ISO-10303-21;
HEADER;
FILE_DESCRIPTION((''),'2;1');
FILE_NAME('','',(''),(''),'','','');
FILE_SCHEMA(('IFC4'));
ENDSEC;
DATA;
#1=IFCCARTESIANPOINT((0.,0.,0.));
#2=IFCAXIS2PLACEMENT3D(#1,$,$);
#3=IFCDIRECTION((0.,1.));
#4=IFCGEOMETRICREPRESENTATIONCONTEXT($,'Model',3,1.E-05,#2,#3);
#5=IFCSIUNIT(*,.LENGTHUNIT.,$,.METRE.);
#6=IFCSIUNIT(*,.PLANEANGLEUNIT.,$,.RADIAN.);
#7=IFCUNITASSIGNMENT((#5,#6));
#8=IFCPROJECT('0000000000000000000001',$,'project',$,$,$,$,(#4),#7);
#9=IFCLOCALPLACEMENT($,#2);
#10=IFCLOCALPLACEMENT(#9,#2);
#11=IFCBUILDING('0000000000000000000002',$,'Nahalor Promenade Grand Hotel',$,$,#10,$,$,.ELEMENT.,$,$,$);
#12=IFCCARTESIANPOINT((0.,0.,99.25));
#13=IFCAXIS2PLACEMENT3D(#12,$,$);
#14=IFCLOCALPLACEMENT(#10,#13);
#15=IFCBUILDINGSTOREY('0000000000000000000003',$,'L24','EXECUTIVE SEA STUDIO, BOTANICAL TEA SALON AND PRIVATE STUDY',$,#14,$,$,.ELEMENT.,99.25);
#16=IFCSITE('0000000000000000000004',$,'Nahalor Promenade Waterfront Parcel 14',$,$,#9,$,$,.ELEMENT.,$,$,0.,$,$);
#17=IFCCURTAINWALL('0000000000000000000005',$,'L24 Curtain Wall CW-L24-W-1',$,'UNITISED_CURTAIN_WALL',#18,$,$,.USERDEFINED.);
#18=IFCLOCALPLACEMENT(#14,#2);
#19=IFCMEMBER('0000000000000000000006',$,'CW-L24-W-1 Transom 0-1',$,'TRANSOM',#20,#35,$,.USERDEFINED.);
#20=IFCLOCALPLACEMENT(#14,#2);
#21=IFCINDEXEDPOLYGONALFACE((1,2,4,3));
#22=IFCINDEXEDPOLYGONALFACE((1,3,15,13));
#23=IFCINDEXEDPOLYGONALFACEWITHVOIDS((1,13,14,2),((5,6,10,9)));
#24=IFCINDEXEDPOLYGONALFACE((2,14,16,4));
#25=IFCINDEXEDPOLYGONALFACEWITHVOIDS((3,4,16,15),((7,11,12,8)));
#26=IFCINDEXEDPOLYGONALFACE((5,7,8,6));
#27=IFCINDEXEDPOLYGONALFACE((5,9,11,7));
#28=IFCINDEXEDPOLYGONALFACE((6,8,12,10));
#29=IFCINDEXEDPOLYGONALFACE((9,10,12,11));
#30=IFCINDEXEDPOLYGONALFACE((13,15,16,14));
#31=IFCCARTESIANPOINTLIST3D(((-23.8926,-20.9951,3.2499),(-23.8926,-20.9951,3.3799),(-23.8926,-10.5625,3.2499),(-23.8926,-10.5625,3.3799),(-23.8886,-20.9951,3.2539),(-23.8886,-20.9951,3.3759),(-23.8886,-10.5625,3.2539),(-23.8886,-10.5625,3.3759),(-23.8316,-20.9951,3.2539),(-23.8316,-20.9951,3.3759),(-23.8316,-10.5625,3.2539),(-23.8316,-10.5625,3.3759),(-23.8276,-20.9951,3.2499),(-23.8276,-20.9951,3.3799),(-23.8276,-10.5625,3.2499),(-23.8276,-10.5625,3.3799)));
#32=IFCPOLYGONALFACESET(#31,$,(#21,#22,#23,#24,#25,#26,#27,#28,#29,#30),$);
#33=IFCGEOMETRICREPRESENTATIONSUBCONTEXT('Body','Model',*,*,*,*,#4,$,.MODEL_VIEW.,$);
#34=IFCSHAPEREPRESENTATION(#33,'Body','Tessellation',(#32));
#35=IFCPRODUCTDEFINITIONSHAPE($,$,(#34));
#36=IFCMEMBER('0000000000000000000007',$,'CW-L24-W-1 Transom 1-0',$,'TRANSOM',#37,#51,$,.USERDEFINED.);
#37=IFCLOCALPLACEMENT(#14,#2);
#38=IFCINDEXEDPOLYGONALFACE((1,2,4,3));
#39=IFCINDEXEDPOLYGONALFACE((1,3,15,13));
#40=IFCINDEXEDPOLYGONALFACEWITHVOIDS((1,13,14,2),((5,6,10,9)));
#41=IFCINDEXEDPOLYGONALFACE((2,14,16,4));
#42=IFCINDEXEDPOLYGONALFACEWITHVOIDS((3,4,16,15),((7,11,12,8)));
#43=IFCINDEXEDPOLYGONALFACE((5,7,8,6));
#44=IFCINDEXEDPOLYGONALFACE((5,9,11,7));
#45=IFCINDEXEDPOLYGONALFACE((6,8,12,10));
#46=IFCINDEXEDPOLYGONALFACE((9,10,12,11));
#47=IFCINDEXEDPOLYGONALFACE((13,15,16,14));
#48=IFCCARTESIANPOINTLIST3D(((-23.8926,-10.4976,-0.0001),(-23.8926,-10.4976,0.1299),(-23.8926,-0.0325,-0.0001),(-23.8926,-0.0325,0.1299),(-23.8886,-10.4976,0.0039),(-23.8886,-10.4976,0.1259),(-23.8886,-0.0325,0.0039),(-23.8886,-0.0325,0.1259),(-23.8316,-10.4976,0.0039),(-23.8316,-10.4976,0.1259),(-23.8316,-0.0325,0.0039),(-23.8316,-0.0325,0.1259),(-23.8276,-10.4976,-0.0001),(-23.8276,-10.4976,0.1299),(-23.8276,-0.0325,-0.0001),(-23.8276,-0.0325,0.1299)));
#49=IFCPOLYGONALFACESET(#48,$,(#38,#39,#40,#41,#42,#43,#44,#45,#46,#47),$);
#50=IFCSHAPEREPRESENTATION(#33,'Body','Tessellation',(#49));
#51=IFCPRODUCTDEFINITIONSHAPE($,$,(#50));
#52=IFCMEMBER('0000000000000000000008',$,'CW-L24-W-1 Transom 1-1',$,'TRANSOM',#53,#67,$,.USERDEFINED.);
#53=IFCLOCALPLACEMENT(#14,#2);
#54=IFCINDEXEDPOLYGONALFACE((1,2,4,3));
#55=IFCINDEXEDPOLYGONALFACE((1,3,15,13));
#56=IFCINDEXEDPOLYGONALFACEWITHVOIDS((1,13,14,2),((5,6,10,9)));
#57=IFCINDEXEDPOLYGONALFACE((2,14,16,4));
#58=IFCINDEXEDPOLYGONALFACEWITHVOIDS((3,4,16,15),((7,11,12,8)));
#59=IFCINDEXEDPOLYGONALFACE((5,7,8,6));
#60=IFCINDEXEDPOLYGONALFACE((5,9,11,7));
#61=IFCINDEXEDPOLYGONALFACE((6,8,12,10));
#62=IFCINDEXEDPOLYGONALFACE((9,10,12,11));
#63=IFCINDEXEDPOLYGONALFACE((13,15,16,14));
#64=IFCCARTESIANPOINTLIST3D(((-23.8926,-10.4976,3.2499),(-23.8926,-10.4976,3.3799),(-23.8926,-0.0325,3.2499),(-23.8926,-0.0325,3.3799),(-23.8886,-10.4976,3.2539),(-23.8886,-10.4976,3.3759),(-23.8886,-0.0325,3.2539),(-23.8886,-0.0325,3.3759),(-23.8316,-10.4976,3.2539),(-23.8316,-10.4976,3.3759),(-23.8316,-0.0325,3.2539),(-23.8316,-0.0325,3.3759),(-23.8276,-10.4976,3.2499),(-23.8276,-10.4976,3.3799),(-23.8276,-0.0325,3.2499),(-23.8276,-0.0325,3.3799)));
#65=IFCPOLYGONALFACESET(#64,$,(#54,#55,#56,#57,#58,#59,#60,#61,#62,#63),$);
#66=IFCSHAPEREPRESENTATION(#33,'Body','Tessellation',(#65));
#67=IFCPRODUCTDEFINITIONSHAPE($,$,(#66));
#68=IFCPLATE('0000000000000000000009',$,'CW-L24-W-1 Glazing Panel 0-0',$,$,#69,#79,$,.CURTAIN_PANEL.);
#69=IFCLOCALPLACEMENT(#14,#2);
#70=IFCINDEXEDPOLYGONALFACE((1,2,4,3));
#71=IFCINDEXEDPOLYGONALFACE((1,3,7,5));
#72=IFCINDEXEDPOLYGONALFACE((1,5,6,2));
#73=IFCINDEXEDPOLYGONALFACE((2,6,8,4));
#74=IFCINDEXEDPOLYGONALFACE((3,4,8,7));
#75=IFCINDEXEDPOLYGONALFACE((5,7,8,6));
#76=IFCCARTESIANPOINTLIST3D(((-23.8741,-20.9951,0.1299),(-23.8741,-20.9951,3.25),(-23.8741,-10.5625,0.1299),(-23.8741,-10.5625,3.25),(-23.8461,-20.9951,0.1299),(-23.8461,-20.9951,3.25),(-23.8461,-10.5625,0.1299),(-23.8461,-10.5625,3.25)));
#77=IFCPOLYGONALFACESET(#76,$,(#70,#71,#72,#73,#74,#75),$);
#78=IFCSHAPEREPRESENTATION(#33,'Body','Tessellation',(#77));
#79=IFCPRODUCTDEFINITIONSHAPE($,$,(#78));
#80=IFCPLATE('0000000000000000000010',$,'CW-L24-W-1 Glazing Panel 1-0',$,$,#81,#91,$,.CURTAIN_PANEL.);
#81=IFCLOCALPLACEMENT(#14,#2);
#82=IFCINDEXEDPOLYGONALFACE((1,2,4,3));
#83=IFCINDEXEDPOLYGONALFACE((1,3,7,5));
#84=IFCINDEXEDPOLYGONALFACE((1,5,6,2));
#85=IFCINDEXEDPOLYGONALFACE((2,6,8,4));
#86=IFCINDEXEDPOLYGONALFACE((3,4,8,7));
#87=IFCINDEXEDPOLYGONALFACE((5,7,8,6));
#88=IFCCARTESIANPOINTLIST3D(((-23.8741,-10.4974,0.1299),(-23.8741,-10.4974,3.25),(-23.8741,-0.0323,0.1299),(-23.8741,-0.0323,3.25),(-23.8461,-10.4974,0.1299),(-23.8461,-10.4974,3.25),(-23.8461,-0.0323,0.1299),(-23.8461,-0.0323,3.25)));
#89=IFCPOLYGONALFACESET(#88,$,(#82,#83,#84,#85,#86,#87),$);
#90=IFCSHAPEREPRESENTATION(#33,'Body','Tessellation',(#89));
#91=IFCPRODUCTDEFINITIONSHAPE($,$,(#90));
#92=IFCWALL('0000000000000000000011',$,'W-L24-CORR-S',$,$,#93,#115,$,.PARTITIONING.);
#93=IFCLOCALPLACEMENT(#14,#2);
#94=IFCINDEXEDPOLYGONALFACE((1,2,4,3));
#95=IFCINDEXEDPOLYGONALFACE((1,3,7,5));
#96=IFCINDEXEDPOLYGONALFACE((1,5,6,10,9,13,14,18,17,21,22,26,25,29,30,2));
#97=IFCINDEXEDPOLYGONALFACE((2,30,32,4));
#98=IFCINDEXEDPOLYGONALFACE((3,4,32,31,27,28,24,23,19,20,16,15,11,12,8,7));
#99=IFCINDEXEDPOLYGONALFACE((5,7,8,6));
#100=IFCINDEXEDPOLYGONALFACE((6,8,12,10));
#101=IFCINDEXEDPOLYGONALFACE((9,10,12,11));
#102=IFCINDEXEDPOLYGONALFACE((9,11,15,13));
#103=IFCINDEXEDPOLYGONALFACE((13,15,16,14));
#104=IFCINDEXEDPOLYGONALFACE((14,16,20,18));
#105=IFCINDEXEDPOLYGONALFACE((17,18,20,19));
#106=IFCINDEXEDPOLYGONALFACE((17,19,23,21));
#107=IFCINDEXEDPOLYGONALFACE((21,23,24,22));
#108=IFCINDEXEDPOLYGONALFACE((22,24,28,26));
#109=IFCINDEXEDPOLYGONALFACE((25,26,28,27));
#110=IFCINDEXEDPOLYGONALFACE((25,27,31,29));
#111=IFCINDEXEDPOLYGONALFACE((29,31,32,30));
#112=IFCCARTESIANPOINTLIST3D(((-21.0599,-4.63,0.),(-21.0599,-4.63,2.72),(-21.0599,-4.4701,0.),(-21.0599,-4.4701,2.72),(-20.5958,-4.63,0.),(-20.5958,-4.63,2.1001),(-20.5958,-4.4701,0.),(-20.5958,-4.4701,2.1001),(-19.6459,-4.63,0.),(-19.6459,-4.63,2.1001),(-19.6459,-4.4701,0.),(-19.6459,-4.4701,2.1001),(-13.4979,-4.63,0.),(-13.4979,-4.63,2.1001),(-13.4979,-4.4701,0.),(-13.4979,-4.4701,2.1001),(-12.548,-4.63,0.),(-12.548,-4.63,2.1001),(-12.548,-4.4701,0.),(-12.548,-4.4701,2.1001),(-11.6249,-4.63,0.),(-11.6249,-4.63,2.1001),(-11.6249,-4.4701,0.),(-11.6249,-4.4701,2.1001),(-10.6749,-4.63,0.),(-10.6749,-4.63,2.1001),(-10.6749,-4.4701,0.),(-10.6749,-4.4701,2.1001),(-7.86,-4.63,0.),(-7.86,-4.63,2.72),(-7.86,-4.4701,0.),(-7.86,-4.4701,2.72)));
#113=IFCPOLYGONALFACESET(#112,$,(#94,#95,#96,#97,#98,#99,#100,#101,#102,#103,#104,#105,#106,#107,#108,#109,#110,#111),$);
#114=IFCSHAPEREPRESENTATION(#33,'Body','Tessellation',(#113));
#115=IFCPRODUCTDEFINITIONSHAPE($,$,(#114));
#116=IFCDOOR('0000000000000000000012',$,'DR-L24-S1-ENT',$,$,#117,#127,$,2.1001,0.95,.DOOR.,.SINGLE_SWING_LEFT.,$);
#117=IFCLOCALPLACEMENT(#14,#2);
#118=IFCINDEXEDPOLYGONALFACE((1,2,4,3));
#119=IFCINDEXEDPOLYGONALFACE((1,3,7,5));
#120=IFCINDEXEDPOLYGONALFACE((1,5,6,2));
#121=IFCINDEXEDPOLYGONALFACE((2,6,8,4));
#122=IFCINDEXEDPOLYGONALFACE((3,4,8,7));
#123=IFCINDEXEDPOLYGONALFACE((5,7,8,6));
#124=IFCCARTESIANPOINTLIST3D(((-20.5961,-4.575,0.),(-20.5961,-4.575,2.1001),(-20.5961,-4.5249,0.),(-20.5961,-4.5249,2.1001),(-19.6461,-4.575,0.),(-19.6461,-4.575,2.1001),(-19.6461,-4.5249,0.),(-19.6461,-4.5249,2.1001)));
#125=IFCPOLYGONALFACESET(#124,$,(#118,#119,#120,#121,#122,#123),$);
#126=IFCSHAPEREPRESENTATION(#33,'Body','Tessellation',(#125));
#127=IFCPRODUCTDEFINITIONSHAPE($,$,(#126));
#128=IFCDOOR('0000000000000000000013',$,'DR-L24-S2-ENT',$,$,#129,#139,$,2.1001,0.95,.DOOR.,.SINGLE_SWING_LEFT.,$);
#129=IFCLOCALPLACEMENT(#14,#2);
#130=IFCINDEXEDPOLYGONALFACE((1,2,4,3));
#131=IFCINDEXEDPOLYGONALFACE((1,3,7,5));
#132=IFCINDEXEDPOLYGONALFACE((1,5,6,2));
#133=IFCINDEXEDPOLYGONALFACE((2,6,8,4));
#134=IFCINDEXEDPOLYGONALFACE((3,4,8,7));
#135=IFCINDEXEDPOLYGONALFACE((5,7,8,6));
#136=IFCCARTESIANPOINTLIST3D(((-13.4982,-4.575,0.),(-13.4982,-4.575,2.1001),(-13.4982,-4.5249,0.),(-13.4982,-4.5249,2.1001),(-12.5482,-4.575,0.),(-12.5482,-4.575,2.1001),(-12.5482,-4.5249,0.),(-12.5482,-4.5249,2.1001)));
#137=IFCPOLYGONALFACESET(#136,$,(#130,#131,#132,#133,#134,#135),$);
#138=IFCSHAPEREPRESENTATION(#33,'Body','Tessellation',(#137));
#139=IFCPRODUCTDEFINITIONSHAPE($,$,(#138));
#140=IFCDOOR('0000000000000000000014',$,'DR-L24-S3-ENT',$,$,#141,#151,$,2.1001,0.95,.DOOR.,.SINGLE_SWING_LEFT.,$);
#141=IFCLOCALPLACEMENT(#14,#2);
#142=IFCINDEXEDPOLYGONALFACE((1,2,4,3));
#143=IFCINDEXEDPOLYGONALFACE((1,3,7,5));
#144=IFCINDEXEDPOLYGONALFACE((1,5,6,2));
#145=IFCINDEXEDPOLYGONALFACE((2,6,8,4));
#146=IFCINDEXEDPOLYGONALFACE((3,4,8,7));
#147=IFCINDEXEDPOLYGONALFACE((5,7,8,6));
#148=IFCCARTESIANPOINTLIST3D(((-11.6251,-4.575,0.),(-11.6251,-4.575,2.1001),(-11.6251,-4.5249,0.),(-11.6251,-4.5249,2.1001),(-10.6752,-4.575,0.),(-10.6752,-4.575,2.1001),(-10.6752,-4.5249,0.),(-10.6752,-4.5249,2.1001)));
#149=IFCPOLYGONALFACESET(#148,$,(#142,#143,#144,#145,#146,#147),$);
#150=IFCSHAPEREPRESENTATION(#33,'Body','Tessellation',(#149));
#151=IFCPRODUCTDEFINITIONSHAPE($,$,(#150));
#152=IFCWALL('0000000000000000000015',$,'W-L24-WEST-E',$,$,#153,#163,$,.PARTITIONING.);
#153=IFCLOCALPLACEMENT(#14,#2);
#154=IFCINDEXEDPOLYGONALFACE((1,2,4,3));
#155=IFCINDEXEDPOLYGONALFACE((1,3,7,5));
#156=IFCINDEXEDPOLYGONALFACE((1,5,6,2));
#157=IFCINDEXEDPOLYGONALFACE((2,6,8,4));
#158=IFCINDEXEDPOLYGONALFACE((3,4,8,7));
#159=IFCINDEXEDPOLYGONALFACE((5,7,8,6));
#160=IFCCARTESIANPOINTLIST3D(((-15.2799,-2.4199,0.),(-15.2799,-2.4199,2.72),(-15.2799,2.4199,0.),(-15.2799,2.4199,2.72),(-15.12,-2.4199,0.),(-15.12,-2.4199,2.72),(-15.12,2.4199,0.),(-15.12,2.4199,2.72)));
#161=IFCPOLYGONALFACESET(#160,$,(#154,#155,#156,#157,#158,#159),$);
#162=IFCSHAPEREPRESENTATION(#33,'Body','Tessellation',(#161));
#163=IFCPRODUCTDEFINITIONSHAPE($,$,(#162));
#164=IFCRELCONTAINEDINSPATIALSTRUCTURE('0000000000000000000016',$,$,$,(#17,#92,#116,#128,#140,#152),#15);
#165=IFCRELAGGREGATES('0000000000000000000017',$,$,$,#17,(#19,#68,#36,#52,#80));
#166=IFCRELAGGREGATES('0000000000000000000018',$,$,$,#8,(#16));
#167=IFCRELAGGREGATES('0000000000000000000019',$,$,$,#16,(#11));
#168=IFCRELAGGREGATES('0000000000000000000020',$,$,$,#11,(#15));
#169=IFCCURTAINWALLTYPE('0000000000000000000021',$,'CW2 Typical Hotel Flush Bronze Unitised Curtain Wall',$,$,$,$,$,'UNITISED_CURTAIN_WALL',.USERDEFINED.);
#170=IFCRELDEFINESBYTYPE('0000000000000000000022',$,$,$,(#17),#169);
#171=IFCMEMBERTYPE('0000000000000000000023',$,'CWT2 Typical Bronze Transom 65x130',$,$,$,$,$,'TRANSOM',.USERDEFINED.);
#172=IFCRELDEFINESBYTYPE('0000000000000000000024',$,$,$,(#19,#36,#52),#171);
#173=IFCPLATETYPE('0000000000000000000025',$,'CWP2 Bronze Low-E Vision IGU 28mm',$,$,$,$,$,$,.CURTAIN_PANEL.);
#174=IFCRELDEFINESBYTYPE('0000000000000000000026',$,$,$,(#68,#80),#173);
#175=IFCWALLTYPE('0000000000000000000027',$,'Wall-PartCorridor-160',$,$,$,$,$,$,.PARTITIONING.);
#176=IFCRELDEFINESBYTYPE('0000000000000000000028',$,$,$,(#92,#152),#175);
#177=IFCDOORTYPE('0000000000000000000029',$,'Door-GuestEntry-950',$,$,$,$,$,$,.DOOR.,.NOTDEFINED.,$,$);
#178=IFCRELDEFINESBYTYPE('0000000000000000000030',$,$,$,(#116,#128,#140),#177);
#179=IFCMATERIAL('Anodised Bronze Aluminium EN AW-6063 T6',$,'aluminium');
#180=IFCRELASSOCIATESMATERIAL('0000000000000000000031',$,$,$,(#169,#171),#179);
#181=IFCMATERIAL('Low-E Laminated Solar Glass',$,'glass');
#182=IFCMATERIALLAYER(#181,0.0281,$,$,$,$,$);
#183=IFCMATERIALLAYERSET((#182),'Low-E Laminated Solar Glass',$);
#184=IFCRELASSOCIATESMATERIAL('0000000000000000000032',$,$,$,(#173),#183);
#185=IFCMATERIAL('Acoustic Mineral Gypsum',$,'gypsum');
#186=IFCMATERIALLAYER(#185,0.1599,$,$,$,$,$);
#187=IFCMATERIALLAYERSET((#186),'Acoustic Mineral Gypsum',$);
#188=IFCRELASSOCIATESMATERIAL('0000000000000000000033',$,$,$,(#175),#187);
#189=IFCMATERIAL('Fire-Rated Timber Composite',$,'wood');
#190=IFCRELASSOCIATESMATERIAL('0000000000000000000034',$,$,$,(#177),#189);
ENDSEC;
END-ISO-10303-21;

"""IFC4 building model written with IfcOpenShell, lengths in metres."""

from ifc_helpers import new_model, si_unit, direction, frame, frame_2d, origin, origin_2d, place, context, subcontext, project, spatial, rectangle, hollow_rectangle, extrude, source, transform, mapped, material, layer, layer_set, material_profile, profile_set, type_object, element, fill, aggregate, save


model = new_model("IFC4")

# Units and contexts
model_context = context("Model", 3, precision=1e-05, world=origin(), true_north=direction((0.0, 1.0)))
body_context = subcontext(model_context, "Body", "Model", "MODEL_VIEW")
ifc_project = project(units=[si_unit("LENGTHUNIT", "METRE"), si_unit("PLANEANGLEUNIT", "RADIAN")], contexts=[model_context])

# Site, building, storey
site_placement = place(None, origin())
site = spatial("IfcSite", under=ifc_project, at=site_placement, Name="Nahalor Promenade Waterfront Parcel 14", CompositionType="ELEMENT", RefElevation=0.0)
building_placement = place(site_placement, origin())
building = spatial("IfcBuilding", under=site, at=building_placement, Name="Nahalor Promenade Grand Hotel", CompositionType="ELEMENT")
storey_placement = place(building_placement, frame((0.0, 0.0, 99.25)))
storey = spatial("IfcBuildingStorey", under=building, at=storey_placement, Name="L24", Description="EXECUTIVE SEA STUDIO, BOTANICAL TEA SALON AND PRIVATE STUDY", CompositionType="ELEMENT", Elevation=99.25)

# Curtain wall, members, plates
ifc_material_1 = material(Name="Anodised Bronze Aluminium EN AW-6063 T6", Category="aluminium")
curtain_wall_type = type_object("IfcCurtainWallType", Name="CW2 Typical Hotel Flush Bronze Unitised Curtain Wall", ElementType="UNITISED_CURTAIN_WALL", PredefinedType="USERDEFINED", material=ifc_material_1)
curtain_wall_placement = place(storey_placement, origin())
curtain_wall = element("IfcCurtainWall", 1, at=curtain_wall_placement, inside=storey, type_object=curtain_wall_type, Name="L24 Curtain Wall CW-L24-W-1", ObjectType="UNITISED_CURTAIN_WALL", PredefinedType="USERDEFINED")
ifc_material_profile_1 = material_profile(ifc_material_1, hollow_rectangle(XDim=0.065, YDim=0.13, WallThickness=0.004, at=origin_2d()), Name="CWT 65x130x4")
ifc_profile_set_1 = profile_set([ifc_material_profile_1], Name="Anodised Bronze Aluminium EN AW-6063 T6")
member_type_1 = type_object("IfcMemberType", Name="CWT2 Typical Bronze Transom 65x130", ElementType="TRANSOM", PredefinedType="USERDEFINED", material=ifc_profile_set_1)
shared_shape_1 = source(origin(), body_context, "Body", "SweptSolid", [
    extrude(hollow_rectangle(XDim=0.065, YDim=0.13, WallThickness=0.004, at=origin_2d()), origin(), (0.0, 0.0, 1.0), 10.4326),
])
member_1_placement = place(storey_placement, frame((-23.8601, -20.9951, 3.3149), z_axis=(0.0, 1.0, 0.0), x_axis=(-1.0, 0.0, 0.0)))
member_1 = element("IfcMember", 2, at=member_1_placement, type_object=member_type_1, Name="CW-L24-W-1 Transom 0-1", ObjectType="TRANSOM", PredefinedType="USERDEFINED", context=body_context, shape_type="MappedRepresentation", body=[
    mapped(shared_shape_1, transform((0.0, 0.0, 0.0), scale=1.0)),
])
shared_shape_2 = source(origin(), body_context, "Body", "SweptSolid", [
    extrude(hollow_rectangle(XDim=0.065, YDim=0.13, WallThickness=0.004, at=origin_2d()), origin(), (0.0, 0.0, 1.0), 10.4651),
])
member_2_placement = place(storey_placement, frame((-23.8601, -10.4976, 0.0649), z_axis=(0.0, 1.0, 0.0), x_axis=(-1.0, 0.0, 0.0)))
member_2 = element("IfcMember", 3, at=member_2_placement, type_object=member_type_1, Name="CW-L24-W-1 Transom 1-0", ObjectType="TRANSOM", PredefinedType="USERDEFINED", context=body_context, shape_type="MappedRepresentation", body=[
    mapped(shared_shape_2, transform((0.0, 0.0, 0.0), scale=1.0)),
])
member_3_placement = place(storey_placement, frame((-23.8601, -10.4976, 3.3149), z_axis=(0.0, 1.0, 0.0), x_axis=(-1.0, 0.0, 0.0)))
member_3 = element("IfcMember", 4, at=member_3_placement, type_object=member_type_1, Name="CW-L24-W-1 Transom 1-1", ObjectType="TRANSOM", PredefinedType="USERDEFINED", context=body_context, shape_type="MappedRepresentation", body=[
    mapped(shared_shape_2, transform((0.0, 0.0, 0.0), scale=1.0)),
])
ifc_material_2 = material(Name="Low-E Laminated Solar Glass", Category="glass")
ifc_layer_1 = layer(ifc_material_2, 0.0281)
ifc_layer_set_1 = layer_set([ifc_layer_1], Name="Low-E Laminated Solar Glass")
plate_type = type_object("IfcPlateType", Name="CWP2 Bronze Low-E Vision IGU 28mm", PredefinedType="CURTAIN_PANEL", material=ifc_layer_set_1)
shared_shape_3 = source(origin(), body_context, "Body", "SweptSolid", [
    extrude(rectangle(XDim=10.4326, YDim=0.0281, at=origin_2d()), origin(), (0.0, 0.0, 1.0), 3.1201),
])
plate_1_placement = place(storey_placement, frame((-23.8601, -15.7788, 0.1299), z_axis=(0.0, 0.0, 1.0), x_axis=(0.0, 1.0, 0.0)))
plate_1 = element("IfcPlate", 5, at=plate_1_placement, type_object=plate_type, Name="CW-L24-W-1 Glazing Panel 0-0", PredefinedType="CURTAIN_PANEL", context=body_context, shape_type="MappedRepresentation", body=[
    mapped(shared_shape_3, transform((0.0, 0.0, 0.0), scale=1.0)),
])
shared_shape_4 = source(origin(), body_context, "Body", "SweptSolid", [
    extrude(rectangle(XDim=10.4651, YDim=0.0281, at=origin_2d()), origin(), (0.0, 0.0, 1.0), 3.1201),
])
plate_2_placement = place(storey_placement, frame((-23.8601, -5.2649, 0.1299), z_axis=(0.0, 0.0, 1.0), x_axis=(0.0, 1.0, 0.0)))
plate_2 = element("IfcPlate", 6, at=plate_2_placement, type_object=plate_type, Name="CW-L24-W-1 Glazing Panel 1-0", PredefinedType="CURTAIN_PANEL", context=body_context, shape_type="MappedRepresentation", body=[
    mapped(shared_shape_4, transform((0.0, 0.0, 0.0), scale=1.0)),
])
aggregate(curtain_wall, [member_1, plate_1, member_2, member_3, plate_2])

# Wall, openings, doors
ifc_material_3 = material(Name="Acoustic Mineral Gypsum", Category="gypsum")
ifc_layer_2 = layer(ifc_material_3, 0.1599)
ifc_layer_set_2 = layer_set([ifc_layer_2], Name="Acoustic Mineral Gypsum")
wall_type = type_object("IfcWallType", Name="Wall-PartCorridor-160", PredefinedType="PARTITIONING", material=ifc_layer_set_2)
shared_shape_5 = source(origin(), body_context, "Body", "SweptSolid", [
    extrude(rectangle(XDim=13.2, YDim=0.1599, at=frame_2d((6.6001, 0.0))), origin(), (0.0, 0.0, 1.0), 2.72),
])
wall_1_placement = place(storey_placement, frame((-21.0601, -4.55, 0.0), z_axis=(0.0, 0.0, 1.0), x_axis=(1.0, 0.0, 0.0)))
wall_1 = element("IfcWall", 7, at=wall_1_placement, inside=storey, type_object=wall_type, Name="W-L24-CORR-S", PredefinedType="PARTITIONING", context=body_context, shape_type="MappedRepresentation", body=[
    mapped(shared_shape_5, transform((0.0, 0.0, 0.0), scale=1.0)),
])
opening_1_placement = place(wall_1_placement, frame((0.4641, 0.0, 0.0)))
opening_1 = element("IfcOpeningElement", 8, at=opening_1_placement, cuts=wall_1, PredefinedType="OPENING", context=body_context, shape_type="SweptSolid", body=[
    extrude(rectangle(XDim=0.95, YDim=2.1001, at=frame_2d((0.4751, 1.05))), frame((0.0, 0.0898, 0.0), z_axis=(0.0, -1.0, 0.0), x_axis=(1.0, 0.0, 0.0)), (0.0, 0.0, 1.0), 0.1799),
])
opening_2_placement = place(wall_1_placement, frame((7.562, 0.0, 0.0)))
opening_2 = element("IfcOpeningElement", 9, at=opening_2_placement, cuts=wall_1, PredefinedType="OPENING", context=body_context, shape_type="SweptSolid", body=[
    extrude(rectangle(XDim=0.95, YDim=2.1001, at=frame_2d((0.4751, 1.05))), frame((0.0, 0.0898, 0.0), z_axis=(0.0, -1.0, 0.0), x_axis=(1.0, 0.0, 0.0)), (0.0, 0.0, 1.0), 0.1799),
])
opening_3_placement = place(wall_1_placement, frame((9.4351, 0.0, 0.0)))
opening_3 = element("IfcOpeningElement", 10, at=opening_3_placement, cuts=wall_1, PredefinedType="OPENING", context=body_context, shape_type="SweptSolid", body=[
    extrude(rectangle(XDim=0.95, YDim=2.1001, at=frame_2d((0.4751, 1.05))), frame((0.0, 0.0898, 0.0), z_axis=(0.0, -1.0, 0.0), x_axis=(1.0, 0.0, 0.0)), (0.0, 0.0, 1.0), 0.1799),
])
ifc_material_4 = material(Name="Fire-Rated Timber Composite", Category="wood")
door_type = type_object("IfcDoorType", Name="Door-GuestEntry-950", OperationType="NOTDEFINED", PredefinedType="DOOR", material=ifc_material_4)
shared_shape_6 = source(origin(), body_context, "Body", "SweptSolid", [
    extrude(rectangle(XDim=0.95, YDim=2.1001, at=frame_2d((0.4751, 1.05))), frame((0.0, 0.0249, 0.0), z_axis=(0.0, -1.0, 0.0), x_axis=(1.0, 0.0, 0.0)), (0.0, 0.0, 1.0), 0.05),
])
door_1_placement = place(opening_1_placement, frame((0.95, 0.0, 0.0), z_axis=(0.0, 0.0, 1.0), x_axis=(-1.0, 0.0, 0.0)))
door_1 = element("IfcDoor", 11, at=door_1_placement, inside=storey, type_object=door_type, Name="DR-L24-S1-ENT", OperationType="SINGLE_SWING_LEFT", OverallHeight=2.1001, OverallWidth=0.95, PredefinedType="DOOR", context=body_context, shape_type="MappedRepresentation", body=[
    mapped(shared_shape_6, transform((0.0, 0.0, 0.0), scale=1.0)),
])
fill(opening_1, door_1)
door_2_placement = place(opening_2_placement, frame((0.95, 0.0, 0.0), z_axis=(0.0, 0.0, 1.0), x_axis=(-1.0, 0.0, 0.0)))
door_2 = element("IfcDoor", 12, at=door_2_placement, inside=storey, type_object=door_type, Name="DR-L24-S2-ENT", OperationType="SINGLE_SWING_LEFT", OverallHeight=2.1001, OverallWidth=0.95, PredefinedType="DOOR", context=body_context, shape_type="MappedRepresentation", body=[
    mapped(shared_shape_6, transform((0.0, 0.0, 0.0), scale=1.0)),
])
fill(opening_2, door_2)
door_3_placement = place(opening_3_placement, frame((0.95, 0.0, 0.0), z_axis=(0.0, 0.0, 1.0), x_axis=(-1.0, 0.0, 0.0)))
door_3 = element("IfcDoor", 13, at=door_3_placement, inside=storey, type_object=door_type, Name="DR-L24-S3-ENT", OperationType="SINGLE_SWING_LEFT", OverallHeight=2.1001, OverallWidth=0.95, PredefinedType="DOOR", context=body_context, shape_type="MappedRepresentation", body=[
    mapped(shared_shape_6, transform((0.0, 0.0, 0.0), scale=1.0)),
])
fill(opening_3, door_3)

# Wall
shared_shape_7 = source(origin(), body_context, "Body", "SweptSolid", [
    extrude(rectangle(XDim=4.8398, YDim=0.1599, at=frame_2d((2.4199, 0.0))), origin(), (0.0, 0.0, 1.0), 2.72),
])
for number, where, z_axis, x_axis, name in (
    (14, (-15.2, -2.4199, 0.0), (0.0, 0.0, 1.0), (0.0, 1.0, 0.0), "W-L24-WEST-E"),
):
    element("IfcWall", number, at=place(storey_placement, frame(where, z_axis=z_axis, x_axis=x_axis)), inside=storey, type_object=wall_type, Name=name, PredefinedType="PARTITIONING", context=body_context, shape_type="MappedRepresentation", body=[
        mapped(shared_shape_7, transform((0.0, 0.0, 0.0), scale=1.0)),
    ])

save(model, "model.ifc")
